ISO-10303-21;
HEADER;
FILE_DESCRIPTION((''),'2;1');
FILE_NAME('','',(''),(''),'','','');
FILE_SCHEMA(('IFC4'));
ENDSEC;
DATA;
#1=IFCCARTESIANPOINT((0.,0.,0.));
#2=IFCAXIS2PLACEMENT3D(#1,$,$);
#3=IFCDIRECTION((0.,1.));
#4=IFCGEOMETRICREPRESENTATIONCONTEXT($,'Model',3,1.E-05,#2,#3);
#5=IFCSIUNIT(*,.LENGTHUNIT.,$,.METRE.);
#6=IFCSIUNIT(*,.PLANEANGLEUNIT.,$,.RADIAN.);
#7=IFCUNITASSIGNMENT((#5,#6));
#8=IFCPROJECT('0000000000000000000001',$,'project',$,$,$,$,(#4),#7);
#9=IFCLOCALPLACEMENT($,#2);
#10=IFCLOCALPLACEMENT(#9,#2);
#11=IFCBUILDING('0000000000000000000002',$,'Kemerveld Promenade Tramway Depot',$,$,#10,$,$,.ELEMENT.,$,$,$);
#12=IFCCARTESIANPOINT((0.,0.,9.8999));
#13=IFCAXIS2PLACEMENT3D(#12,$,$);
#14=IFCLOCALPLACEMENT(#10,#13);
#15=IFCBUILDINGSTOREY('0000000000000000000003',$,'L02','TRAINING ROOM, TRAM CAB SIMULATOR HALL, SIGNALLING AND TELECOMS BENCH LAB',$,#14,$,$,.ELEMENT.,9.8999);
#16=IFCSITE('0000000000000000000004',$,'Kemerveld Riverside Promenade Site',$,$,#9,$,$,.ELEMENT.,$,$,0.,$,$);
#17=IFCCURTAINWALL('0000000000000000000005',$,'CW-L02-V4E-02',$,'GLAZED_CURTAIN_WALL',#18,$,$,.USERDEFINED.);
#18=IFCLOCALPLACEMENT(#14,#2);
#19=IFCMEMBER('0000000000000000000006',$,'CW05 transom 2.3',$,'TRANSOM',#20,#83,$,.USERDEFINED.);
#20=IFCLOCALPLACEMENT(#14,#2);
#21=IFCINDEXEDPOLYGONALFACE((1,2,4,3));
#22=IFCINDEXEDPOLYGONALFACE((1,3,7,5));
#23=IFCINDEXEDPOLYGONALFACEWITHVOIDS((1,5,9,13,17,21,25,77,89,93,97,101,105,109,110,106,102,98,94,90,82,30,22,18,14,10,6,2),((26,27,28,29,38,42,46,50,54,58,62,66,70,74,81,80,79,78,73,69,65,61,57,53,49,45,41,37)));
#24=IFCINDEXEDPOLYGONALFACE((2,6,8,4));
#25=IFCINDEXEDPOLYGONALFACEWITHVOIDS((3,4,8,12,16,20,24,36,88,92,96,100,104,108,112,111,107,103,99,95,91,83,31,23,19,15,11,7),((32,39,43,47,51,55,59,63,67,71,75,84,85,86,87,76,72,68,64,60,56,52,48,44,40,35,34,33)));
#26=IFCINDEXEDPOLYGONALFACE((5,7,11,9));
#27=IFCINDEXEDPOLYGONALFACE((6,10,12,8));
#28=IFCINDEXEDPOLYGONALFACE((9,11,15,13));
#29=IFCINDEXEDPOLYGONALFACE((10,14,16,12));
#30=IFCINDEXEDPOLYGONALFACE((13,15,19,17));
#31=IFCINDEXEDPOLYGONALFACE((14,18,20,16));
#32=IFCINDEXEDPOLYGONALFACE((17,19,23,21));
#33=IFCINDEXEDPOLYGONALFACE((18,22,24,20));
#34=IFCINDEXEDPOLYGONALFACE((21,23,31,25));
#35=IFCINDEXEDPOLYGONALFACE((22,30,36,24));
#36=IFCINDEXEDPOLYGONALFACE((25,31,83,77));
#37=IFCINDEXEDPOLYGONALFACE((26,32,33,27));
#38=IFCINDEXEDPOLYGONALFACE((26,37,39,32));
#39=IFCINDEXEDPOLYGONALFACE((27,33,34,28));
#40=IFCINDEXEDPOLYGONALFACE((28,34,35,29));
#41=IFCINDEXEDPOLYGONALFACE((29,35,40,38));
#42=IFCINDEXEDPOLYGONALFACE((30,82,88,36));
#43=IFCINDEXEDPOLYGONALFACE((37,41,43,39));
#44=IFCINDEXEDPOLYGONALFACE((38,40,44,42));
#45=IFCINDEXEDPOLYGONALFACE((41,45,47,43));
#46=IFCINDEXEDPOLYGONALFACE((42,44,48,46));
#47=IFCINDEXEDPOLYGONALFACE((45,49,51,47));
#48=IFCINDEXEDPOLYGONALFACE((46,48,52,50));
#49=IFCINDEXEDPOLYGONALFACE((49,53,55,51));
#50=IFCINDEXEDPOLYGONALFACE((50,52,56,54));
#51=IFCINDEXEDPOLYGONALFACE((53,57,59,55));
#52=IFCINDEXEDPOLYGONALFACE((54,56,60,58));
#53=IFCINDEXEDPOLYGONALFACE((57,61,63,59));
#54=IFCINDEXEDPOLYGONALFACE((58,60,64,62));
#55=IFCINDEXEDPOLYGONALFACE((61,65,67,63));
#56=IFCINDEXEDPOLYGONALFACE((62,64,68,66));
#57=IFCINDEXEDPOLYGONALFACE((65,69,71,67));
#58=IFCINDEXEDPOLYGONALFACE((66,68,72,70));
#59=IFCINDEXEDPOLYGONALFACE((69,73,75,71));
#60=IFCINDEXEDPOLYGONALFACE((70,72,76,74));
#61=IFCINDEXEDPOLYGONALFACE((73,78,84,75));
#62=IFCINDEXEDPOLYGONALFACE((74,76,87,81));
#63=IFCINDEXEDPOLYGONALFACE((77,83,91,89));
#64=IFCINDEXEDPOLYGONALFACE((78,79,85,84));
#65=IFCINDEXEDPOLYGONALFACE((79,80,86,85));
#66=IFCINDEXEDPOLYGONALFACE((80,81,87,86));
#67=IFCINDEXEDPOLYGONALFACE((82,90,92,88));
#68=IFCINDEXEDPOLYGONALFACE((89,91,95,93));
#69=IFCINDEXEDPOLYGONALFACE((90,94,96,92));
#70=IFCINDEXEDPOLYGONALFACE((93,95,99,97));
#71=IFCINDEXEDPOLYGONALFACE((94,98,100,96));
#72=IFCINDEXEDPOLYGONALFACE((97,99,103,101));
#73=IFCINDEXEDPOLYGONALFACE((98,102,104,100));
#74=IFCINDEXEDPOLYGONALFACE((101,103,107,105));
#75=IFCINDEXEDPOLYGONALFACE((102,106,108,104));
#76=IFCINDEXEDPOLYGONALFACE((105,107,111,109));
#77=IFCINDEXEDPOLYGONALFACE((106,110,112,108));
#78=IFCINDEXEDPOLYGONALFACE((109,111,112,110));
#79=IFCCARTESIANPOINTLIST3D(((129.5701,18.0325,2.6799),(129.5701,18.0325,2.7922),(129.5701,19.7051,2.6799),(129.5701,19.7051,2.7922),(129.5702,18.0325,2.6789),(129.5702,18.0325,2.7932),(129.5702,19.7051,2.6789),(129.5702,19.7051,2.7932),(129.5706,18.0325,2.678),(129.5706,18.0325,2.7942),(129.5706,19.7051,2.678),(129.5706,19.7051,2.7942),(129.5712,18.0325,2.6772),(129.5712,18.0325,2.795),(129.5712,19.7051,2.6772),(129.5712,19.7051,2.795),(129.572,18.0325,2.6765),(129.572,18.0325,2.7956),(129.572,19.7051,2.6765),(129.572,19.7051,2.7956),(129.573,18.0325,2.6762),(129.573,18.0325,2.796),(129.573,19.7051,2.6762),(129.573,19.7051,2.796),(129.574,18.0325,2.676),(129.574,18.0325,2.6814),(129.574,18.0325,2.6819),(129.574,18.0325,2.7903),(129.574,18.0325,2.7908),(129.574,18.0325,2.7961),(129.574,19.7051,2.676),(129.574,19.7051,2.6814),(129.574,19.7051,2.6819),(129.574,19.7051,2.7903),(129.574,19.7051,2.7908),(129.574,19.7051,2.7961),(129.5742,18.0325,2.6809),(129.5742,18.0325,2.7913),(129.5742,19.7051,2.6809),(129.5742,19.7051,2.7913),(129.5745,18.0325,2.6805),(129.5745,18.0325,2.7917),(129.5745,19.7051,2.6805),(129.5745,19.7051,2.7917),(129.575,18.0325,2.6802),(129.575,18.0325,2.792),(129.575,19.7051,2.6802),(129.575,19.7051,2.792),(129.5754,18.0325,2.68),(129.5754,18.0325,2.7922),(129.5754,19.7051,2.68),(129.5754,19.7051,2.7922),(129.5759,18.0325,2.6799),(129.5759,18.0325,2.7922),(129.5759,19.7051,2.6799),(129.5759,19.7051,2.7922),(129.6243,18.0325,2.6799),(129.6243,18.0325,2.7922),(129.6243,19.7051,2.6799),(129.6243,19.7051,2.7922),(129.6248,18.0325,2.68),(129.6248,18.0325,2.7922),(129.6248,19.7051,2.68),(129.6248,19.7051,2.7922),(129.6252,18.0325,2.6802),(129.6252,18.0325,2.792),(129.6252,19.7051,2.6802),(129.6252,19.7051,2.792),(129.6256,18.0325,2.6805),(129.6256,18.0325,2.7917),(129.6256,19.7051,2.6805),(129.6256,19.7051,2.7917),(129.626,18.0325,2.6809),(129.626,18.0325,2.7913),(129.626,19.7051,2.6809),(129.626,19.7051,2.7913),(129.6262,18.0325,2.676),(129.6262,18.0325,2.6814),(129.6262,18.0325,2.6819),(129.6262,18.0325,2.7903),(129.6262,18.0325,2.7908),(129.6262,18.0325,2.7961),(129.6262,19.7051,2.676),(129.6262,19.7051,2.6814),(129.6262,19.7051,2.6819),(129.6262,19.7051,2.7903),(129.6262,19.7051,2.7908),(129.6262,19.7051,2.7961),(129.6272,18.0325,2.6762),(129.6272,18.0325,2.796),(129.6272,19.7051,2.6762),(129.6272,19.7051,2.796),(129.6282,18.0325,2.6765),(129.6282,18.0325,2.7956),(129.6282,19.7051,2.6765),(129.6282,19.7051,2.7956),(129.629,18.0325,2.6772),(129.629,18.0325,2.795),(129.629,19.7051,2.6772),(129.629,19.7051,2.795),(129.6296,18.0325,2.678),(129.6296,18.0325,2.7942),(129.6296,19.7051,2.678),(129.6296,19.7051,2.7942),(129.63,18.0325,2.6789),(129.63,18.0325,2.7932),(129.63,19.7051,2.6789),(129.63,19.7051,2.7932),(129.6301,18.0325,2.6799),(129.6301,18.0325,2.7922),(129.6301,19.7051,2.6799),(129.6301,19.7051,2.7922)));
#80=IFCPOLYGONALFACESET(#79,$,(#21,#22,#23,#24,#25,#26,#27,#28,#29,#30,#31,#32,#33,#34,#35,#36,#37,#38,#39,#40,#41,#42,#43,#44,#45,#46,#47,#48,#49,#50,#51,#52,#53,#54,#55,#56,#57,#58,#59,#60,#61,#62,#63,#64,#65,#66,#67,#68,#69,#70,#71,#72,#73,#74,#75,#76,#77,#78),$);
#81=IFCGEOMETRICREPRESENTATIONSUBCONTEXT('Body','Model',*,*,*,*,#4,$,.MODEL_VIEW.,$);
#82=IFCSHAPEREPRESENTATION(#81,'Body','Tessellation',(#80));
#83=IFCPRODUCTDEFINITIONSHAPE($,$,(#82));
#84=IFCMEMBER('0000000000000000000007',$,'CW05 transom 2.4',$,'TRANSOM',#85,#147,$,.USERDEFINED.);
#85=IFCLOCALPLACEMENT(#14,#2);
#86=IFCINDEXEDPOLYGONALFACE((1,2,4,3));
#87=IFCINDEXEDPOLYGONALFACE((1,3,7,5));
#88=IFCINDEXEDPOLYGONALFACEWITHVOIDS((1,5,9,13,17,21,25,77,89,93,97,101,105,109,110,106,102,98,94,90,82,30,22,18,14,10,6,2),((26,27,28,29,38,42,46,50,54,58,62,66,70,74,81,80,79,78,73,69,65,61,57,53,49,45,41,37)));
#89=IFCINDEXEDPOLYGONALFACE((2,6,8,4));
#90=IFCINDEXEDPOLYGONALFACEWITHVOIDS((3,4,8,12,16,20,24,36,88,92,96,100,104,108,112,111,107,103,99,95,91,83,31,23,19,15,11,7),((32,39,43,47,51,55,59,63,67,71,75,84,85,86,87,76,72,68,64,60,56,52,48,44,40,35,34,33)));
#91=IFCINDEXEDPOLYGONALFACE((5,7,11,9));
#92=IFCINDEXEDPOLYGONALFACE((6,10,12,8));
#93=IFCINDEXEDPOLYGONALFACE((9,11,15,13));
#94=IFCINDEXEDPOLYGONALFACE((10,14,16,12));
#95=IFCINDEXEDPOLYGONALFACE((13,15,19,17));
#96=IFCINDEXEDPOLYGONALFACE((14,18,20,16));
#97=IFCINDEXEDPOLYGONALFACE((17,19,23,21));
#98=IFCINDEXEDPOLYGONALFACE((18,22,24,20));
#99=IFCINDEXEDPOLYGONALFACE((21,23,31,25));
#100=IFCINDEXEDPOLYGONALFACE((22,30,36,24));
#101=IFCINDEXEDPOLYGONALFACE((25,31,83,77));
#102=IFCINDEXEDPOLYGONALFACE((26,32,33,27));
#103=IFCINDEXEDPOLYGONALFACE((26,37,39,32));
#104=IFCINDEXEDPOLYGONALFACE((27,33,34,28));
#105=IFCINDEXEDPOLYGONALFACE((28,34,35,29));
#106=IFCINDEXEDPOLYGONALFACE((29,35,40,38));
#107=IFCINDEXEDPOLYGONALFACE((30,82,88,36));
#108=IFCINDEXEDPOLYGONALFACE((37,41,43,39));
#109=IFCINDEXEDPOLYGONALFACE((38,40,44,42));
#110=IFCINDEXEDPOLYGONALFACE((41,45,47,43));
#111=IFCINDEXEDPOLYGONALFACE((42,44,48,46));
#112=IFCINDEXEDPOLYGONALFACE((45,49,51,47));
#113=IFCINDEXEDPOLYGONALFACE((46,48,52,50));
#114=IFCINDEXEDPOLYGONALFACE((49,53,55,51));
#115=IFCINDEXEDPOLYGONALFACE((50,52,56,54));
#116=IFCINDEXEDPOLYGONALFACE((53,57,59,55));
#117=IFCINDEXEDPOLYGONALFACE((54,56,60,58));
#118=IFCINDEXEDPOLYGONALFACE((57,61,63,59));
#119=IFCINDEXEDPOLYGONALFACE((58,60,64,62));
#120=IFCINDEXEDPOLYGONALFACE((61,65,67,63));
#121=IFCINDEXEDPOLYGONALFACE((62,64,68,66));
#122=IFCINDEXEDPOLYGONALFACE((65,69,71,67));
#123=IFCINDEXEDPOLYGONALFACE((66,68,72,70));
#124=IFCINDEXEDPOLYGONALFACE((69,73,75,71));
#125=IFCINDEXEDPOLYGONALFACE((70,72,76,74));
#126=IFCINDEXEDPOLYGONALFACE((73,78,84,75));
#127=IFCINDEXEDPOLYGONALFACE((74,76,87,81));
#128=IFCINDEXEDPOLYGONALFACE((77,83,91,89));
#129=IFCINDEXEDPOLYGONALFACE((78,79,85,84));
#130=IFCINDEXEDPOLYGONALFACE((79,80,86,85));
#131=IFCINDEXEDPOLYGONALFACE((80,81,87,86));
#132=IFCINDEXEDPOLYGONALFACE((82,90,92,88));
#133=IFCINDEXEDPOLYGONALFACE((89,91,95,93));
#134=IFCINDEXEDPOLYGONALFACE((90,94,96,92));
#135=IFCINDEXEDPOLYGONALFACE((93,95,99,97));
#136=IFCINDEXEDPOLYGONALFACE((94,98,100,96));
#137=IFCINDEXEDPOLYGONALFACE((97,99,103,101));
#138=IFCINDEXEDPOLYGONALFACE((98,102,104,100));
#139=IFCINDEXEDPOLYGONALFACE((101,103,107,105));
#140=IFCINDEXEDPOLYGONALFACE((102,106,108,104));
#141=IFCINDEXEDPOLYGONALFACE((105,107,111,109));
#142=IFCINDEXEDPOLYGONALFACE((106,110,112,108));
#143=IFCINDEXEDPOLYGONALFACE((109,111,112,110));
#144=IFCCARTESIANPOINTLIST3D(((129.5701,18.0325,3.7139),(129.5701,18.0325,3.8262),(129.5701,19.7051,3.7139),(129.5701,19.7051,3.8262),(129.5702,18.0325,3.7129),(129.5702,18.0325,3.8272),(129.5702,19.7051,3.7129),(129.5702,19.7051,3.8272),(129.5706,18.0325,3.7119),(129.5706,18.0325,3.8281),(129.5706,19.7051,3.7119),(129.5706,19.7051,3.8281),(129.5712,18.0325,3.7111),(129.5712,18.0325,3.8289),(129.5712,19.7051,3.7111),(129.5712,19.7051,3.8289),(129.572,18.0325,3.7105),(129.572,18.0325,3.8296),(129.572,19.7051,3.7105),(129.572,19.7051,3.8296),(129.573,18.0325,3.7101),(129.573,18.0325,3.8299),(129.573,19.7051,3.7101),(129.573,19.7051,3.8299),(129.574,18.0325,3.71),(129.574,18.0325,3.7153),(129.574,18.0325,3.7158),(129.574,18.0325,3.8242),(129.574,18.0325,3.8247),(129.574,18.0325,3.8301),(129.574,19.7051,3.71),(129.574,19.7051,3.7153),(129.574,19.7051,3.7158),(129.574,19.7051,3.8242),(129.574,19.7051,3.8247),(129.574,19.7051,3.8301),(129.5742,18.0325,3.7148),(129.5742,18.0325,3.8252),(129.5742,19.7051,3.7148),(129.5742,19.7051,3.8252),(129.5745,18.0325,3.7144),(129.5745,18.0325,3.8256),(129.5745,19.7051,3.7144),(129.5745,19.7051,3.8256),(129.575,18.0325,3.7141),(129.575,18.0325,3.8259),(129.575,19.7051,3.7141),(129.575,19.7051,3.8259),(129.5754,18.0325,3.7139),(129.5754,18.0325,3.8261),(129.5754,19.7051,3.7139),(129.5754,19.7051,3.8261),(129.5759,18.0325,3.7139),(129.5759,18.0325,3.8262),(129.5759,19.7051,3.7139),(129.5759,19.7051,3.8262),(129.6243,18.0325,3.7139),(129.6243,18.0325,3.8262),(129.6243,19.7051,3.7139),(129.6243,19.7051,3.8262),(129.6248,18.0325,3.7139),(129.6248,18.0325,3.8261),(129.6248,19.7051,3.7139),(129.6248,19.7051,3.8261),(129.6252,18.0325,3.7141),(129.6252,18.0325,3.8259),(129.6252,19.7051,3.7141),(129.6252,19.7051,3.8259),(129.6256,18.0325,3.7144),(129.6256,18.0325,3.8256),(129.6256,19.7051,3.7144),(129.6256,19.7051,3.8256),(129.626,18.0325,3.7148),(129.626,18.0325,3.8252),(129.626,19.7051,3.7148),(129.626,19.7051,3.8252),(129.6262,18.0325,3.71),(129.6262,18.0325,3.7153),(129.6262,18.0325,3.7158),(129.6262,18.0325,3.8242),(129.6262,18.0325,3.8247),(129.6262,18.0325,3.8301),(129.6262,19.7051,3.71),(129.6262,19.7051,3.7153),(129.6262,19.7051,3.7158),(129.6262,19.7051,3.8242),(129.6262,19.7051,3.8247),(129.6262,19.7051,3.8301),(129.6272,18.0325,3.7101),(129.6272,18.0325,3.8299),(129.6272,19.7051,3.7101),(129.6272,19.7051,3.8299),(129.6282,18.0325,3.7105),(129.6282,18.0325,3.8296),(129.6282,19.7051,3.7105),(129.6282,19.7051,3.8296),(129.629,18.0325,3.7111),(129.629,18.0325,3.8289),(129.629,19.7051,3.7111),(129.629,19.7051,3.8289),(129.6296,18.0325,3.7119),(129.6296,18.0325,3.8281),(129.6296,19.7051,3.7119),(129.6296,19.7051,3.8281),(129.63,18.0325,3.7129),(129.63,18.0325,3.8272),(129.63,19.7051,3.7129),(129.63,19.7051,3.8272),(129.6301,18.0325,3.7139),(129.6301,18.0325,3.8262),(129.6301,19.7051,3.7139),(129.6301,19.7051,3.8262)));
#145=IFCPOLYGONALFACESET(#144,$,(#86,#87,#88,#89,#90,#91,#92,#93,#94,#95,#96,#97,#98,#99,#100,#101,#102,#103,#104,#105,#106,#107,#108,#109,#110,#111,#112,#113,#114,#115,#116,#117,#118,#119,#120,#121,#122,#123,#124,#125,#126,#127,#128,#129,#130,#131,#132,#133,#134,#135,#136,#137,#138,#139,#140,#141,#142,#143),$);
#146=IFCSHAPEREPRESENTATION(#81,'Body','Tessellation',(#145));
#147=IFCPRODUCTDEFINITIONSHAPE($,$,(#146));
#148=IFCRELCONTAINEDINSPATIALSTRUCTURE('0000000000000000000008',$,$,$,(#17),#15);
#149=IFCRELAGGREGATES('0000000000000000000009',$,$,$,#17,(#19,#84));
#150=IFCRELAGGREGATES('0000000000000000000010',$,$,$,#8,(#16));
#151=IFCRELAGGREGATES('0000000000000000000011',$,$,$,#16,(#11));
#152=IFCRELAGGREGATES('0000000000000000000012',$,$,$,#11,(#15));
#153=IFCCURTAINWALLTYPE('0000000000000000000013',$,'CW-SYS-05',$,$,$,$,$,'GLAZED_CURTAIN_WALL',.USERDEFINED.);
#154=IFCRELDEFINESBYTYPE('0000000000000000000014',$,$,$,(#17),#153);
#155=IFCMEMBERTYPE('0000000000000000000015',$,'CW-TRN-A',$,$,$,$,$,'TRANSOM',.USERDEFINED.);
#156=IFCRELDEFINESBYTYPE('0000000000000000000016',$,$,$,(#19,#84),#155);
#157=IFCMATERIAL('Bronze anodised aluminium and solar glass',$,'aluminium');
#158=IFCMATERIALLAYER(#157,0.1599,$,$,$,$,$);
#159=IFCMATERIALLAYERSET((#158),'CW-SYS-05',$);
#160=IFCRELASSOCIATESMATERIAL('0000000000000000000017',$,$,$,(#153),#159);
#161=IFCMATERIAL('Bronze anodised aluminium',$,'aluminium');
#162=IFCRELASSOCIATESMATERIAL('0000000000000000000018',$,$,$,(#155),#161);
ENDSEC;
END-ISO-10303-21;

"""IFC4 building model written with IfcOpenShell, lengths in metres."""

from ifc_helpers import new_model, si_unit, direction, frame, origin, origin_2d, place, context, subcontext, project, spatial, hollow_rectangle, extrude, material, layer, layer_set, material_profile, profile_set, type_object, element, aggregate, save


model = new_model("IFC4")

# Units and contexts
model_context = context("Model", 3, precision=1e-05, world=origin(), true_north=direction((0.0, 1.0)))
body_context = subcontext(model_context, "Body", "Model", "MODEL_VIEW")
ifc_project = project(units=[si_unit("LENGTHUNIT", "METRE"), si_unit("PLANEANGLEUNIT", "RADIAN")], contexts=[model_context])

# Site, building, storey
site_placement = place(None, origin())
site = spatial("IfcSite", under=ifc_project, at=site_placement, Name="Kemerveld Riverside Promenade Site", CompositionType="ELEMENT", RefElevation=0.0)
building_placement = place(site_placement, origin())
building = spatial("IfcBuilding", under=site, at=building_placement, Name="Kemerveld Promenade Tramway Depot", CompositionType="ELEMENT")
storey_placement = place(building_placement, frame((0.0, 0.0, 9.8999)))
storey = spatial("IfcBuildingStorey", under=building, at=storey_placement, Name="L02", Description="TRAINING ROOM, TRAM CAB SIMULATOR HALL, SIGNALLING AND TELECOMS BENCH LAB", CompositionType="ELEMENT", Elevation=9.8999)

# Curtain wall, members
ifc_material_1 = material(Name="Bronze anodised aluminium and solar glass", Category="aluminium")
ifc_layer_1 = layer(ifc_material_1, 0.1599)
ifc_layer_set_1 = layer_set([ifc_layer_1], Name="CW-SYS-05")
curtain_wall_type = type_object("IfcCurtainWallType", Name="CW-SYS-05", ElementType="GLAZED_CURTAIN_WALL", PredefinedType="USERDEFINED", material=ifc_layer_set_1)
curtain_wall_placement = place(storey_placement, origin())
curtain_wall = element("IfcCurtainWall", 1, at=curtain_wall_placement, inside=storey, type_object=curtain_wall_type, Name="CW-L02-V4E-02", ObjectType="GLAZED_CURTAIN_WALL", PredefinedType="USERDEFINED")
ifc_material_2 = material(Name="Bronze anodised aluminium", Category="aluminium")
ifc_material_profile = material_profile(ifc_material_2, hollow_rectangle(XDim=0.0601, YDim=0.1201, WallThickness=0.0039, InnerFilletRadius=0.002, OuterFilletRadius=0.0039, at=origin_2d()), Name="CW-TRN-120x60")
ifc_profile_set = profile_set([ifc_material_profile], Name="Bronze anodised aluminium")
member_type = type_object("IfcMemberType", Name="CW-TRN-A", ElementType="TRANSOM", PredefinedType="USERDEFINED", material=ifc_profile_set)
member_1_placement = place(storey_placement, frame((129.6001, 19.7051, 2.7361), z_axis=(0.0, -1.0, 0.0), x_axis=(1.0, 0.0, 0.0)))
member_1 = element("IfcMember", 2, at=member_1_placement, type_object=member_type, Name="CW05 transom 2.3", ObjectType="TRANSOM", PredefinedType="USERDEFINED", context=body_context, shape_type="SweptSolid", body=[
    extrude(hollow_rectangle(XDim=0.0601, YDim=0.1201, WallThickness=0.0039, InnerFilletRadius=0.002, OuterFilletRadius=0.0039, at=origin_2d()), origin(), (0.0, 0.0, 1.0), 1.6726),
])
member_2_placement = place(storey_placement, frame((129.6001, 19.7051, 3.77), z_axis=(0.0, -1.0, 0.0), x_axis=(1.0, 0.0, 0.0)))
member_2 = element("IfcMember", 3, at=member_2_placement, type_object=member_type, Name="CW05 transom 2.4", ObjectType="TRANSOM", PredefinedType="USERDEFINED", context=body_context, shape_type="SweptSolid", body=[
    extrude(hollow_rectangle(XDim=0.0601, YDim=0.1201, WallThickness=0.0039, InnerFilletRadius=0.002, OuterFilletRadius=0.0039, at=origin_2d()), origin(), (0.0, 0.0, 1.0), 1.6726),
])
aggregate(curtain_wall, [member_1, member_2])

save(model, "model.ifc")
